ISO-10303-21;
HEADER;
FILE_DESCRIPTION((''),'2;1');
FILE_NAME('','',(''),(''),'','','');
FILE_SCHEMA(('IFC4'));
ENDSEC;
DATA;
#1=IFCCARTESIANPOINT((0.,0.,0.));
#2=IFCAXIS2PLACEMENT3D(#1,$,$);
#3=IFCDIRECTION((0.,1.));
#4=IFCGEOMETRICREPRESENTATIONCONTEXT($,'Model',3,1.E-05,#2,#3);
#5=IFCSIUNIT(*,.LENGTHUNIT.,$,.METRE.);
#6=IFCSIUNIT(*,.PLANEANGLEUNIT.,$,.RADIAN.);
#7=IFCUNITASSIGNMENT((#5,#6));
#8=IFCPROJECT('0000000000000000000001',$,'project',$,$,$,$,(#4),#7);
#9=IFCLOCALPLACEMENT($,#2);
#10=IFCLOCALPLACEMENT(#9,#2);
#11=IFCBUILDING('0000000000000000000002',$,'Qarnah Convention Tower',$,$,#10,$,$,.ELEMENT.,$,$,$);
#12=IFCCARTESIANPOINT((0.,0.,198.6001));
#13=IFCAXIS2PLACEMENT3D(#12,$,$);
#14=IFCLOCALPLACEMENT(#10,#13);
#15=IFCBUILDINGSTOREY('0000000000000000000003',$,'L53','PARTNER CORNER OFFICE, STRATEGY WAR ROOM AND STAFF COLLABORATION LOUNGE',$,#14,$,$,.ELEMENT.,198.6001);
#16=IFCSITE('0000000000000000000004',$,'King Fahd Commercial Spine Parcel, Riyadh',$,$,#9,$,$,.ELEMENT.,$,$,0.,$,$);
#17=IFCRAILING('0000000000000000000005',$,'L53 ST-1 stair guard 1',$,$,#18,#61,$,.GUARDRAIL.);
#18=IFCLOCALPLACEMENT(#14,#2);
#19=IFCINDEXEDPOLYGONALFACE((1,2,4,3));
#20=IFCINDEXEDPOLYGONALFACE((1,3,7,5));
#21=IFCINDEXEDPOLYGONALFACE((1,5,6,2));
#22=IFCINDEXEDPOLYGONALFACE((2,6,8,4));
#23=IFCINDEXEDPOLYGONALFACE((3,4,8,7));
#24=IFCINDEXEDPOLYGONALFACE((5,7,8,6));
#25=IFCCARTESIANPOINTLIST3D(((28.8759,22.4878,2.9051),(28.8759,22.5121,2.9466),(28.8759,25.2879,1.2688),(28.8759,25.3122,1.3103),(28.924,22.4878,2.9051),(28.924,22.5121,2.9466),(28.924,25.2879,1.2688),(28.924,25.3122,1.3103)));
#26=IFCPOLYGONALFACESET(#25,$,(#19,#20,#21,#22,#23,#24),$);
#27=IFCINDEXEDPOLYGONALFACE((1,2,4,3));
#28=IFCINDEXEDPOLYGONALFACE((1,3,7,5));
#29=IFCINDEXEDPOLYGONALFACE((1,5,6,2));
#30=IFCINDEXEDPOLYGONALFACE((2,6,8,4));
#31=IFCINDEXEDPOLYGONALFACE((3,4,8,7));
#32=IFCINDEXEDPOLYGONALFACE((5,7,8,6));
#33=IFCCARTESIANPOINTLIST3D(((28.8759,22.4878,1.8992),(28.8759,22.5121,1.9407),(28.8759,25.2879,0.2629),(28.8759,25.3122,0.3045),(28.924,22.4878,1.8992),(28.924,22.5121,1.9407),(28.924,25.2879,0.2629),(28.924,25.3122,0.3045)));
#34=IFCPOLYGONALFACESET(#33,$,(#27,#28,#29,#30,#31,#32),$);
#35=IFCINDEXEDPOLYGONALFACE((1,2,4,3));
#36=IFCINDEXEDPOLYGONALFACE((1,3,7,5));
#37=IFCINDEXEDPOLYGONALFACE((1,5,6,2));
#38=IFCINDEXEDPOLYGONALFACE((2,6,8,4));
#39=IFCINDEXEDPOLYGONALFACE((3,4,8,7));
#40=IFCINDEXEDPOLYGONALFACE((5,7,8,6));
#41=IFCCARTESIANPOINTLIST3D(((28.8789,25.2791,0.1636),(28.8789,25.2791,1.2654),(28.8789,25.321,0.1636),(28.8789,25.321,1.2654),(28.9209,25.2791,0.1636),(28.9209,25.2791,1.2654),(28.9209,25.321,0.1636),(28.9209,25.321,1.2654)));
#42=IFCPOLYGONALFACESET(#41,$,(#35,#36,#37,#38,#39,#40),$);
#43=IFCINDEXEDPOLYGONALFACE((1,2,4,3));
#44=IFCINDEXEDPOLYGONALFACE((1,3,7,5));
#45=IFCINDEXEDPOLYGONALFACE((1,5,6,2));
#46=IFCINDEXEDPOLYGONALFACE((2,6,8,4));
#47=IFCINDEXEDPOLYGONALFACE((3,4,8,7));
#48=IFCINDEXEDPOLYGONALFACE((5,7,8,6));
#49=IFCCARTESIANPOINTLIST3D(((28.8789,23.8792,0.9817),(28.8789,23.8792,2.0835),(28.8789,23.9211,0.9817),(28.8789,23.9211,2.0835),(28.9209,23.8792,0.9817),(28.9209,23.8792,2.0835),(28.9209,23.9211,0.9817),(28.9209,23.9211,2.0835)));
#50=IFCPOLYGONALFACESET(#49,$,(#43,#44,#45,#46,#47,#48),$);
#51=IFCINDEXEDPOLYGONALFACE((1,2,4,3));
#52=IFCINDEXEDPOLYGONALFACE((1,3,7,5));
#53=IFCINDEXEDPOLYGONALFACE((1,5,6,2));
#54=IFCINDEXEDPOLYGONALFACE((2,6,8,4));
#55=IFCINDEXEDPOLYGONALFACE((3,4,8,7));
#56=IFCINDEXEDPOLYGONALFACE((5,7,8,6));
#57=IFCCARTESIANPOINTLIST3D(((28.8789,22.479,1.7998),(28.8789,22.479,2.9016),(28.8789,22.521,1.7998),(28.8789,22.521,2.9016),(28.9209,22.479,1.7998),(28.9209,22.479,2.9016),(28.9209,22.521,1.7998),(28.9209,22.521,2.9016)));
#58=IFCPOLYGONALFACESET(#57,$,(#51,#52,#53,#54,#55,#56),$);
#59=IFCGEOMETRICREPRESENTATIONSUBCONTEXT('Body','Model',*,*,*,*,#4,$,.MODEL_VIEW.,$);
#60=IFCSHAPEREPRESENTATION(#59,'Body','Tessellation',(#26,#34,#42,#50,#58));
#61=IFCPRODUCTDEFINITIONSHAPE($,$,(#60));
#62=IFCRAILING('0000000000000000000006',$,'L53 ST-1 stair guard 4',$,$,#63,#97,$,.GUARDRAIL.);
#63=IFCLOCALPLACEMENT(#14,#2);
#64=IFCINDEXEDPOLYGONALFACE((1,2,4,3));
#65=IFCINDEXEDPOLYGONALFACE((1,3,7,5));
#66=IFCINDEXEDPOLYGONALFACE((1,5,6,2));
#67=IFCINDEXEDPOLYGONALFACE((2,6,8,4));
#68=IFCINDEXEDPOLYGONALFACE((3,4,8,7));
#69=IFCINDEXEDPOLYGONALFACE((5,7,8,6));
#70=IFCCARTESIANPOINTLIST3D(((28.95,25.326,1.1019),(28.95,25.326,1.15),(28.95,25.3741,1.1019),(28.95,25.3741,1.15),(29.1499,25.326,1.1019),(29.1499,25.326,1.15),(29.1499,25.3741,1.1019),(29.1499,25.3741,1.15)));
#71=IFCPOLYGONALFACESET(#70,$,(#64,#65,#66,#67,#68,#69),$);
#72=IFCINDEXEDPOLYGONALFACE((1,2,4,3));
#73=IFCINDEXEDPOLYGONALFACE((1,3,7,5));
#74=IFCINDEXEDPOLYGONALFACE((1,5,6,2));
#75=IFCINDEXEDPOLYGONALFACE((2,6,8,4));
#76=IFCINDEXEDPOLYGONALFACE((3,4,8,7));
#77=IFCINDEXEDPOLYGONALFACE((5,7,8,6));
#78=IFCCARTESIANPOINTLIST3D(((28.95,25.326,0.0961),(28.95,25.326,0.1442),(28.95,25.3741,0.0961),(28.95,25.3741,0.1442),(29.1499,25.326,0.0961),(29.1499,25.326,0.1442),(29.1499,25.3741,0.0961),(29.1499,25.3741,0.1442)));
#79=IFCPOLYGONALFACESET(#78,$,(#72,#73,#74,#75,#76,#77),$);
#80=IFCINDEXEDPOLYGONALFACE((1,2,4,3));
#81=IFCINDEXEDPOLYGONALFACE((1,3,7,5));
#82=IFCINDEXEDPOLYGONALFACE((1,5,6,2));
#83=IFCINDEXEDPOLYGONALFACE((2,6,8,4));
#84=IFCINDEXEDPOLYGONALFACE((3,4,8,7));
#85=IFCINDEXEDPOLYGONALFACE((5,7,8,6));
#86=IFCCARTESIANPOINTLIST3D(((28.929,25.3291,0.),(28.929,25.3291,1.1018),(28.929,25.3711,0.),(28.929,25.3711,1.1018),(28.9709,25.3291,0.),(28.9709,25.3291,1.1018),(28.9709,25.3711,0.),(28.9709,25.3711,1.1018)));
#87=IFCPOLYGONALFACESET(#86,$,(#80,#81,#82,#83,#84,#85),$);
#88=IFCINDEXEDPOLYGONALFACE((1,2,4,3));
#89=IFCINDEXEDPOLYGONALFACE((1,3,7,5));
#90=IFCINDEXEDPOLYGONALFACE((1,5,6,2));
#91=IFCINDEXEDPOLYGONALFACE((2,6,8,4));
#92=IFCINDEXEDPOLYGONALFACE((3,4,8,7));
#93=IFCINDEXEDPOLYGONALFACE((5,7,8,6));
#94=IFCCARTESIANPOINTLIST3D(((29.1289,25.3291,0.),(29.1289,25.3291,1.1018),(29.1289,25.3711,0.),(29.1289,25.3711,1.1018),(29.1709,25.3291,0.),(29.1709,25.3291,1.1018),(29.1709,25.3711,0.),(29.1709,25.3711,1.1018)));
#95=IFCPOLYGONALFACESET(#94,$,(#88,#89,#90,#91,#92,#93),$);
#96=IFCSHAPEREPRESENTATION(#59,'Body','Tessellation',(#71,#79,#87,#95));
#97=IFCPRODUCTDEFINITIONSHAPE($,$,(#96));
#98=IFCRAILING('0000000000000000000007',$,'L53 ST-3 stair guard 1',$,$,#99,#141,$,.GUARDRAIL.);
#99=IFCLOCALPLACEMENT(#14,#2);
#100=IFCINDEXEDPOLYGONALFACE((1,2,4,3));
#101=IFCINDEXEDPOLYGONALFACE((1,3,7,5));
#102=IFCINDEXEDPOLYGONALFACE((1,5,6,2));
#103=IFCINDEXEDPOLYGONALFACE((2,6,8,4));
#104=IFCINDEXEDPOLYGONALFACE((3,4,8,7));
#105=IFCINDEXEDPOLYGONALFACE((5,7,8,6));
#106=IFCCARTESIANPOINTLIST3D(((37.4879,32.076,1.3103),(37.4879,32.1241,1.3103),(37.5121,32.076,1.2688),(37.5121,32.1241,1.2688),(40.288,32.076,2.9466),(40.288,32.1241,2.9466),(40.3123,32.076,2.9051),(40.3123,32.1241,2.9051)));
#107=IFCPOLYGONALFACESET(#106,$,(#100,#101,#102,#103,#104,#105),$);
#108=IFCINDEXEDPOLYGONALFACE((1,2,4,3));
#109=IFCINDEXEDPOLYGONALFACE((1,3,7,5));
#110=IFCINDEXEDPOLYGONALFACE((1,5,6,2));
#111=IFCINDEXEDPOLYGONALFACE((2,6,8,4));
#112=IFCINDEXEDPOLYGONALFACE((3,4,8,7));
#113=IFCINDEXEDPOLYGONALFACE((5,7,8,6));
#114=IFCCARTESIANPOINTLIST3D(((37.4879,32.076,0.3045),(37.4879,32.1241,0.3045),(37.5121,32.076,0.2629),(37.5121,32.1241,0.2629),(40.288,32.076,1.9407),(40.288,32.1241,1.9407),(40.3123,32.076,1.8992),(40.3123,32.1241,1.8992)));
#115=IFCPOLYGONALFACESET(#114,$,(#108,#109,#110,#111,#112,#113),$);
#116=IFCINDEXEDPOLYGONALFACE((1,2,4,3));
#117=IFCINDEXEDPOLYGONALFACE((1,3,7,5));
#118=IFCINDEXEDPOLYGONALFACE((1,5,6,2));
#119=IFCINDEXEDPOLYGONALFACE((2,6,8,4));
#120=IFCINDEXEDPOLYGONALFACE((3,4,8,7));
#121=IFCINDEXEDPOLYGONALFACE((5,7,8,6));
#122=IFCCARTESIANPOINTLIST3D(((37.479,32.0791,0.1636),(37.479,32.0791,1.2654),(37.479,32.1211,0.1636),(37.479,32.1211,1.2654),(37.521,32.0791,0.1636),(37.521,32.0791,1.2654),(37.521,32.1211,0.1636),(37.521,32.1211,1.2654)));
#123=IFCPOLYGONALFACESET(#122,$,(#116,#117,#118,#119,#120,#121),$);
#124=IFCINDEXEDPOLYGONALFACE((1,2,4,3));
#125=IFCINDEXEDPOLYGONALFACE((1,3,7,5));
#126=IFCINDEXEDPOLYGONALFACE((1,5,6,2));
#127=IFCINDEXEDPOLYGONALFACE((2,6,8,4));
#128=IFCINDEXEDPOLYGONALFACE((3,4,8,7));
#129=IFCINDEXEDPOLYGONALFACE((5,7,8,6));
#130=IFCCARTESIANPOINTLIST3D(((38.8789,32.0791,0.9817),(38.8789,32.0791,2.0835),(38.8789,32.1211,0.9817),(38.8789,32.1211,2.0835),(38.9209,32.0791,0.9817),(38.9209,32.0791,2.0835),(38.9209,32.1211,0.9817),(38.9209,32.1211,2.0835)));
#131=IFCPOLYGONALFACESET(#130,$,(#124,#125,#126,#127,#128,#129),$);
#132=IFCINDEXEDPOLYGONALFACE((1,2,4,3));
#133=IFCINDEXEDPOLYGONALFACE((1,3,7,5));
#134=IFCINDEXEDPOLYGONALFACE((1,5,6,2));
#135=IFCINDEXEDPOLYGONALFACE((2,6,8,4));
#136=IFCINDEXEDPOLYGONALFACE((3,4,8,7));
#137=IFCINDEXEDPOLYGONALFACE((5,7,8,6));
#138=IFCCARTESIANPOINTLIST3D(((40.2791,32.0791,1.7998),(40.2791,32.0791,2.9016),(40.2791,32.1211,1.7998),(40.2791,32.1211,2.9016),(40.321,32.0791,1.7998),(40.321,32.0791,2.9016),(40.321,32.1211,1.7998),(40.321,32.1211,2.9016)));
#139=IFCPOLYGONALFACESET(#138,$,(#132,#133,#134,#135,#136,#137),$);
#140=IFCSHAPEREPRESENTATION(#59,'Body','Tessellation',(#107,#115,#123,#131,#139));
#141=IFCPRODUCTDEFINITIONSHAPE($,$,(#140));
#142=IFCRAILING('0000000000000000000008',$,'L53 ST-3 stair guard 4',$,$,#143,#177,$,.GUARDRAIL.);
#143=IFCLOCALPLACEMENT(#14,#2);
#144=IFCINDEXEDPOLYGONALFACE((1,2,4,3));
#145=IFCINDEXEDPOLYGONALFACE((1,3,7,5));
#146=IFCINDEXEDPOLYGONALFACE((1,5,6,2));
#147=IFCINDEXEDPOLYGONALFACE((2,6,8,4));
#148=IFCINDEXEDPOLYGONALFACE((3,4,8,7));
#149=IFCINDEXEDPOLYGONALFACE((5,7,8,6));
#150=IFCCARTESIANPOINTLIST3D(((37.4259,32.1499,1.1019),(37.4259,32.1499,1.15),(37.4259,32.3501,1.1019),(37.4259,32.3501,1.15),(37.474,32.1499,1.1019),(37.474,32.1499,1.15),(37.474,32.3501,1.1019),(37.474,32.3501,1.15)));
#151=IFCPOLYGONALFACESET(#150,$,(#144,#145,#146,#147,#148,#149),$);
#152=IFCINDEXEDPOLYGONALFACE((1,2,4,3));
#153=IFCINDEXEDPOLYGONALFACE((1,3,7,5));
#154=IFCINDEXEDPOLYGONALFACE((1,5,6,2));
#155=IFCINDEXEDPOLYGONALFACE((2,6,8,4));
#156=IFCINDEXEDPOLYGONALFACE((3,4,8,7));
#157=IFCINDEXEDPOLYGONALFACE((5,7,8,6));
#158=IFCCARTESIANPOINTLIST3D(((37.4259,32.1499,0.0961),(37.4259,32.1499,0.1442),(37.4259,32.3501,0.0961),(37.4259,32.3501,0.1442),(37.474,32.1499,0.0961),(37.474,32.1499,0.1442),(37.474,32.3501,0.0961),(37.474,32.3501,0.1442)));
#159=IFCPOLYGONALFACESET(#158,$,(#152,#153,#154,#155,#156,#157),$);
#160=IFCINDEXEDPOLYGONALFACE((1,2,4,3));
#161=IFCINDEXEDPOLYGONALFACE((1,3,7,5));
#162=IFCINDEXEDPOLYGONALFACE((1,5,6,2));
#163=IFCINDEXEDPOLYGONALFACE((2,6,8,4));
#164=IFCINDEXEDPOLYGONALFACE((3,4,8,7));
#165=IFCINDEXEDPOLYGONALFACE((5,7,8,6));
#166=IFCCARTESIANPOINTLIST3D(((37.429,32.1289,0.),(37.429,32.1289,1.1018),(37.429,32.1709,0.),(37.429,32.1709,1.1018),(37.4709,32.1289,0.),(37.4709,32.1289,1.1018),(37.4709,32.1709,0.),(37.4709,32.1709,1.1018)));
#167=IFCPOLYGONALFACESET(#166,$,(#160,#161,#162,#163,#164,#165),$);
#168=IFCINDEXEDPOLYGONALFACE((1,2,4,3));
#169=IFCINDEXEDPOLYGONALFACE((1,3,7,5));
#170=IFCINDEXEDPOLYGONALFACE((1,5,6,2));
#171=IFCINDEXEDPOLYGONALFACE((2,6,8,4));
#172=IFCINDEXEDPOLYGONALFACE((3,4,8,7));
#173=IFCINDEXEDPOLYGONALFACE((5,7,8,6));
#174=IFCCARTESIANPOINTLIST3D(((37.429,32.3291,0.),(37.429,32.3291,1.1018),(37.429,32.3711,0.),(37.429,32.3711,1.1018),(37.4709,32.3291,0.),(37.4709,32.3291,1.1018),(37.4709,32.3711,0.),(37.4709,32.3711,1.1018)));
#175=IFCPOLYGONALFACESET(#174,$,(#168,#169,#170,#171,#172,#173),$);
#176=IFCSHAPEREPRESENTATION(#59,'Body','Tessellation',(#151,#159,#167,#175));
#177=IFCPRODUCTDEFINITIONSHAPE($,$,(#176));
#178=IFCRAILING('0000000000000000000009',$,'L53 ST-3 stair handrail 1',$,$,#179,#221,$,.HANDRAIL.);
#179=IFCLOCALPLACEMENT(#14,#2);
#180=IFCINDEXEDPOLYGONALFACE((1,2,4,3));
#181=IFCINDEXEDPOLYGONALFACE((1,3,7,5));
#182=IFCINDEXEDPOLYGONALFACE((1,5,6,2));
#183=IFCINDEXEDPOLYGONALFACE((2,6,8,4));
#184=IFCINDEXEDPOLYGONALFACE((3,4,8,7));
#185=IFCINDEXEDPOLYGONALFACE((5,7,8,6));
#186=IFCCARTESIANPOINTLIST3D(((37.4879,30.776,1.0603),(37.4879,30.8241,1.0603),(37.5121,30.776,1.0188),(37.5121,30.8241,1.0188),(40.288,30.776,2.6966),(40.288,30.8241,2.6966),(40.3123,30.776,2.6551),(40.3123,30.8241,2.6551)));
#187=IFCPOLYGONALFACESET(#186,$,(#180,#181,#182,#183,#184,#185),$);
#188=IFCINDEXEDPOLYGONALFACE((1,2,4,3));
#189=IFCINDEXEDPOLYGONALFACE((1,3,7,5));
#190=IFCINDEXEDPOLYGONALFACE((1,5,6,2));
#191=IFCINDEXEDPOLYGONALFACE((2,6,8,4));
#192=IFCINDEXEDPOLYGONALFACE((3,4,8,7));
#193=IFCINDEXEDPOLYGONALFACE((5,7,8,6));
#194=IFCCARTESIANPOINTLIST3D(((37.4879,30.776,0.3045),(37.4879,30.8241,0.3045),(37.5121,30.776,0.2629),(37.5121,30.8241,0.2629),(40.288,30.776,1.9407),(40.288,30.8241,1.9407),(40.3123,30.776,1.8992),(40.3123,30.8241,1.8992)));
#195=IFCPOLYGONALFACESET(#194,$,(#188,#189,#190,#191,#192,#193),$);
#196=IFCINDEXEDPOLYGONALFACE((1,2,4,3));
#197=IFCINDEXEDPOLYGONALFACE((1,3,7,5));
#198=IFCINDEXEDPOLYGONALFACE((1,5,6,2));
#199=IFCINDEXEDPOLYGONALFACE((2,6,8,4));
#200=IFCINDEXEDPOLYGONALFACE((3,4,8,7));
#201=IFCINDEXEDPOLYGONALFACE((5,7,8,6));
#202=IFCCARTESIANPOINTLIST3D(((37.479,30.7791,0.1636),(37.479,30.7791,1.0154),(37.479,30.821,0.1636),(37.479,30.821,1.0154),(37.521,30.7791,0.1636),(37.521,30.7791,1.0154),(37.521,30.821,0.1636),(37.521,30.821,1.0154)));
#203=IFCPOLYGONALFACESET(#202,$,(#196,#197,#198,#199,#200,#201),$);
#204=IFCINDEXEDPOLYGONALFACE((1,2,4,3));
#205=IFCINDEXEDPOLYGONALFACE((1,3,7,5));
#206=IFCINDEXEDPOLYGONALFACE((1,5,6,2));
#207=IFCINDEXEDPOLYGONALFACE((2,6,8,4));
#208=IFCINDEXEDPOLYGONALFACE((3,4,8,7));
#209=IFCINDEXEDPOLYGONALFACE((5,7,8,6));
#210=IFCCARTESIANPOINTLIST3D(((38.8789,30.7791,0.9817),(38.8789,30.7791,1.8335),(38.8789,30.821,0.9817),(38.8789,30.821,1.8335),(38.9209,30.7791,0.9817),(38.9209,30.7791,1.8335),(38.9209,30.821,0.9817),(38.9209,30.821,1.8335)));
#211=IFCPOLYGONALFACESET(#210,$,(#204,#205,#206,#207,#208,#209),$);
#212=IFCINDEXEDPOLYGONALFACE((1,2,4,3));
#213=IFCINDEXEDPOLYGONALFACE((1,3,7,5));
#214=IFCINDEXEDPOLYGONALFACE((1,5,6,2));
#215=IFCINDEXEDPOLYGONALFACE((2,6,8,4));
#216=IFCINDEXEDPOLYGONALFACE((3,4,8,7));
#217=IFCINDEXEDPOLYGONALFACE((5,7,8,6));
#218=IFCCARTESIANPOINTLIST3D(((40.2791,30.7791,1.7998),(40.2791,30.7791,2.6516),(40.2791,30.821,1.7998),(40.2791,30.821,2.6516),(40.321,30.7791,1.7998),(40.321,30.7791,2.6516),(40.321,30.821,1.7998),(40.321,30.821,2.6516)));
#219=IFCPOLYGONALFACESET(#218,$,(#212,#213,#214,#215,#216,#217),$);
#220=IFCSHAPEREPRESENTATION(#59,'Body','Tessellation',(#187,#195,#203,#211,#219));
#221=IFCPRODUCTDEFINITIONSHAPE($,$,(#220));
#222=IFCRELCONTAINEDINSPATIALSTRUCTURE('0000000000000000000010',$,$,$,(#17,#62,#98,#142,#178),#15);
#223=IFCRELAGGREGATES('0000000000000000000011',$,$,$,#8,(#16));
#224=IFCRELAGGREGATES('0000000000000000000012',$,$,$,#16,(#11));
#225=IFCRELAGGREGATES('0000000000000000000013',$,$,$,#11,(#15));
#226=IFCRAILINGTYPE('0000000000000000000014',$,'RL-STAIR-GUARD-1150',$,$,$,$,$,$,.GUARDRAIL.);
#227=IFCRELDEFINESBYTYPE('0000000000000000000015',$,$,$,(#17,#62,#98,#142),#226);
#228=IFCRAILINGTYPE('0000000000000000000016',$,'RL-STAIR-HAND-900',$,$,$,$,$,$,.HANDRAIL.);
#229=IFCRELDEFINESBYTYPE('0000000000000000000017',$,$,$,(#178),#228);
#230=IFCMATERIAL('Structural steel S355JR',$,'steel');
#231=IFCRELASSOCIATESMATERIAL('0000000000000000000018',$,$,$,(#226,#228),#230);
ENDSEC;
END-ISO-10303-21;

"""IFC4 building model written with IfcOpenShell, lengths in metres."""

from ifc_helpers import new_model, si_unit, direction, frame, origin, origin_2d, place, context, subcontext, project, spatial, rectangle, extrude, material, type_object, element, save


model = new_model("IFC4")

# Units and contexts
model_context = context("Model", 3, precision=1e-05, world=origin(), true_north=direction((0.0, 1.0)))
body_context = subcontext(model_context, "Body", "Model", "MODEL_VIEW")
ifc_project = project(units=[si_unit("LENGTHUNIT", "METRE"), si_unit("PLANEANGLEUNIT", "RADIAN")], contexts=[model_context])

# Site, building, storey
site_placement = place(None, origin())
site = spatial("IfcSite", under=ifc_project, at=site_placement, Name="King Fahd Commercial Spine Parcel, Riyadh", CompositionType="ELEMENT", RefElevation=0.0)
building_placement = place(site_placement, origin())
building = spatial("IfcBuilding", under=site, at=building_placement, Name="Qarnah Convention Tower", CompositionType="ELEMENT")
storey_placement = place(building_placement, frame((0.0, 0.0, 198.6001)))
storey = spatial("IfcBuildingStorey", under=building, at=storey_placement, Name="L53", Description="PARTNER CORNER OFFICE, STRATEGY WAR ROOM AND STAFF COLLABORATION LOUNGE", CompositionType="ELEMENT", Elevation=198.6001)

# Shared definitions
ifc_material_1 = material(Name="Structural steel S355JR", Category="steel")

# Railings
railing_type_1 = type_object("IfcRailingType", Name="RL-STAIR-GUARD-1150", PredefinedType="GUARDRAIL", material=ifc_material_1)
railing_1_placement = place(storey_placement, frame((28.8999, 25.3, 0.1636)))
element("IfcRailing", 1, at=railing_1_placement, inside=storey, type_object=railing_type_1, Name="L53 ST-1 stair guard 1", PredefinedType="GUARDRAIL", context=body_context, shape_type="SweptSolid", body=[
    extrude(rectangle(XDim=0.0481, YDim=0.0481, at=origin_2d()), frame((0.0, 0.0, 1.126), z_axis=(0.0, -0.863394, 0.504531), x_axis=(1.0, 0.0, 0.0)), (0.0, 0.0, 1.0), 3.2432),
    extrude(rectangle(XDim=0.0481, YDim=0.0481, at=origin_2d()), frame((0.0, 0.0, 0.1201), z_axis=(0.0, -0.863394, 0.504531), x_axis=(1.0, 0.0, 0.0)), (0.0, 0.0, 1.0), 3.2432),
    extrude(rectangle(XDim=0.042, YDim=0.042, at=origin_2d()), origin(), (0.0, 0.0, 1.0), 1.1018),
    extrude(rectangle(XDim=0.042, YDim=0.042, at=origin_2d()), frame((0.0, -1.3999, 0.8181)), (0.0, 0.0, 1.0), 1.1018),
    extrude(rectangle(XDim=0.042, YDim=0.042, at=origin_2d()), frame((0.0, -2.8, 1.6362)), (0.0, 0.0, 1.0), 1.1018),
])
railing_2_placement = place(storey_placement, frame((28.95, 25.3501, 0.0)))
element("IfcRailing", 2, at=railing_2_placement, inside=storey, type_object=railing_type_1, Name="L53 ST-1 stair guard 4", PredefinedType="GUARDRAIL", context=body_context, shape_type="SweptSolid", body=[
    extrude(rectangle(XDim=0.0481, YDim=0.0481, at=origin_2d()), frame((0.0, 0.0, 1.126), z_axis=(1.0, 0.0, 0.0), x_axis=(0.0, 1.0, 0.0)), (0.0, 0.0, 1.0), 0.2),
    extrude(rectangle(XDim=0.0481, YDim=0.0481, at=origin_2d()), frame((0.0, 0.0, 0.1201), z_axis=(1.0, 0.0, 0.0), x_axis=(0.0, 1.0, 0.0)), (0.0, 0.0, 1.0), 0.2),
    extrude(rectangle(XDim=0.042, YDim=0.042, at=origin_2d()), origin(), (0.0, 0.0, 1.0), 1.1018),
    extrude(rectangle(XDim=0.042, YDim=0.042, at=origin_2d()), frame((0.2, 0.0, 0.0)), (0.0, 0.0, 1.0), 1.1018),
])
railing_3_placement = place(storey_placement, frame((37.5, 32.1001, 0.1636)))
element("IfcRailing", 3, at=railing_3_placement, inside=storey, type_object=railing_type_1, Name="L53 ST-3 stair guard 1", PredefinedType="GUARDRAIL", context=body_context, shape_type="SweptSolid", body=[
    extrude(rectangle(XDim=0.0481, YDim=0.0481, at=origin_2d()), frame((0.0, 0.0, 1.126), z_axis=(0.863394, 0.0, 0.504531), x_axis=(0.0, 1.0, 0.0)), (0.0, 0.0, 1.0), 3.2432),
    extrude(rectangle(XDim=0.0481, YDim=0.0481, at=origin_2d()), frame((0.0, 0.0, 0.1201), z_axis=(0.863394, 0.0, 0.504531), x_axis=(0.0, 1.0, 0.0)), (0.0, 0.0, 1.0), 3.2432),
    extrude(rectangle(XDim=0.042, YDim=0.042, at=origin_2d()), origin(), (0.0, 0.0, 1.0), 1.1018),
    extrude(rectangle(XDim=0.042, YDim=0.042, at=origin_2d()), frame((1.3999, 0.0, 0.8181)), (0.0, 0.0, 1.0), 1.1018),
    extrude(rectangle(XDim=0.042, YDim=0.042, at=origin_2d()), frame((2.8, 0.0, 1.6362)), (0.0, 0.0, 1.0), 1.1018),
])
railing_4_placement = place(storey_placement, frame((37.45, 32.1499, 0.0)))
element("IfcRailing", 4, at=railing_4_placement, inside=storey, type_object=railing_type_1, Name="L53 ST-3 stair guard 4", PredefinedType="GUARDRAIL", context=body_context, shape_type="SweptSolid", body=[
    extrude(rectangle(XDim=0.0481, YDim=0.0481, at=origin_2d()), frame((0.0, 0.0, 1.126), z_axis=(0.0, 1.0, 0.0), x_axis=(-1.0, 0.0, 0.0)), (0.0, 0.0, 1.0), 0.2002),
    extrude(rectangle(XDim=0.0481, YDim=0.0481, at=origin_2d()), frame((0.0, 0.0, 0.1201), z_axis=(0.0, 1.0, 0.0), x_axis=(-1.0, 0.0, 0.0)), (0.0, 0.0, 1.0), 0.2002),
    extrude(rectangle(XDim=0.042, YDim=0.042, at=origin_2d()), origin(), (0.0, 0.0, 1.0), 1.1018),
    extrude(rectangle(XDim=0.042, YDim=0.042, at=origin_2d()), frame((0.0, 0.2002, 0.0)), (0.0, 0.0, 1.0), 1.1018),
])
railing_type_2 = type_object("IfcRailingType", Name="RL-STAIR-HAND-900", PredefinedType="HANDRAIL", material=ifc_material_1)
railing_5_placement = place(storey_placement, frame((37.5, 30.8, 0.1636)))
element("IfcRailing", 5, at=railing_5_placement, inside=storey, type_object=railing_type_2, Name="L53 ST-3 stair handrail 1", PredefinedType="HANDRAIL", context=body_context, shape_type="SweptSolid", body=[
    extrude(rectangle(XDim=0.0481, YDim=0.0481, at=origin_2d()), frame((0.0, 0.0, 0.876), z_axis=(0.863394, 0.0, 0.504531), x_axis=(0.0, 1.0, 0.0)), (0.0, 0.0, 1.0), 3.2432),
    extrude(rectangle(XDim=0.0481, YDim=0.0481, at=origin_2d()), frame((0.0, 0.0, 0.1201), z_axis=(0.863394, 0.0, 0.504531), x_axis=(0.0, 1.0, 0.0)), (0.0, 0.0, 1.0), 3.2432),
    extrude(rectangle(XDim=0.042, YDim=0.042, at=origin_2d()), origin(), (0.0, 0.0, 1.0), 0.8518),
    extrude(rectangle(XDim=0.042, YDim=0.042, at=origin_2d()), frame((1.3999, 0.0, 0.8181)), (0.0, 0.0, 1.0), 0.8518),
    extrude(rectangle(XDim=0.042, YDim=0.042, at=origin_2d()), frame((2.8, 0.0, 1.6362)), (0.0, 0.0, 1.0), 0.8518),
])

save(model, "model.ifc")
